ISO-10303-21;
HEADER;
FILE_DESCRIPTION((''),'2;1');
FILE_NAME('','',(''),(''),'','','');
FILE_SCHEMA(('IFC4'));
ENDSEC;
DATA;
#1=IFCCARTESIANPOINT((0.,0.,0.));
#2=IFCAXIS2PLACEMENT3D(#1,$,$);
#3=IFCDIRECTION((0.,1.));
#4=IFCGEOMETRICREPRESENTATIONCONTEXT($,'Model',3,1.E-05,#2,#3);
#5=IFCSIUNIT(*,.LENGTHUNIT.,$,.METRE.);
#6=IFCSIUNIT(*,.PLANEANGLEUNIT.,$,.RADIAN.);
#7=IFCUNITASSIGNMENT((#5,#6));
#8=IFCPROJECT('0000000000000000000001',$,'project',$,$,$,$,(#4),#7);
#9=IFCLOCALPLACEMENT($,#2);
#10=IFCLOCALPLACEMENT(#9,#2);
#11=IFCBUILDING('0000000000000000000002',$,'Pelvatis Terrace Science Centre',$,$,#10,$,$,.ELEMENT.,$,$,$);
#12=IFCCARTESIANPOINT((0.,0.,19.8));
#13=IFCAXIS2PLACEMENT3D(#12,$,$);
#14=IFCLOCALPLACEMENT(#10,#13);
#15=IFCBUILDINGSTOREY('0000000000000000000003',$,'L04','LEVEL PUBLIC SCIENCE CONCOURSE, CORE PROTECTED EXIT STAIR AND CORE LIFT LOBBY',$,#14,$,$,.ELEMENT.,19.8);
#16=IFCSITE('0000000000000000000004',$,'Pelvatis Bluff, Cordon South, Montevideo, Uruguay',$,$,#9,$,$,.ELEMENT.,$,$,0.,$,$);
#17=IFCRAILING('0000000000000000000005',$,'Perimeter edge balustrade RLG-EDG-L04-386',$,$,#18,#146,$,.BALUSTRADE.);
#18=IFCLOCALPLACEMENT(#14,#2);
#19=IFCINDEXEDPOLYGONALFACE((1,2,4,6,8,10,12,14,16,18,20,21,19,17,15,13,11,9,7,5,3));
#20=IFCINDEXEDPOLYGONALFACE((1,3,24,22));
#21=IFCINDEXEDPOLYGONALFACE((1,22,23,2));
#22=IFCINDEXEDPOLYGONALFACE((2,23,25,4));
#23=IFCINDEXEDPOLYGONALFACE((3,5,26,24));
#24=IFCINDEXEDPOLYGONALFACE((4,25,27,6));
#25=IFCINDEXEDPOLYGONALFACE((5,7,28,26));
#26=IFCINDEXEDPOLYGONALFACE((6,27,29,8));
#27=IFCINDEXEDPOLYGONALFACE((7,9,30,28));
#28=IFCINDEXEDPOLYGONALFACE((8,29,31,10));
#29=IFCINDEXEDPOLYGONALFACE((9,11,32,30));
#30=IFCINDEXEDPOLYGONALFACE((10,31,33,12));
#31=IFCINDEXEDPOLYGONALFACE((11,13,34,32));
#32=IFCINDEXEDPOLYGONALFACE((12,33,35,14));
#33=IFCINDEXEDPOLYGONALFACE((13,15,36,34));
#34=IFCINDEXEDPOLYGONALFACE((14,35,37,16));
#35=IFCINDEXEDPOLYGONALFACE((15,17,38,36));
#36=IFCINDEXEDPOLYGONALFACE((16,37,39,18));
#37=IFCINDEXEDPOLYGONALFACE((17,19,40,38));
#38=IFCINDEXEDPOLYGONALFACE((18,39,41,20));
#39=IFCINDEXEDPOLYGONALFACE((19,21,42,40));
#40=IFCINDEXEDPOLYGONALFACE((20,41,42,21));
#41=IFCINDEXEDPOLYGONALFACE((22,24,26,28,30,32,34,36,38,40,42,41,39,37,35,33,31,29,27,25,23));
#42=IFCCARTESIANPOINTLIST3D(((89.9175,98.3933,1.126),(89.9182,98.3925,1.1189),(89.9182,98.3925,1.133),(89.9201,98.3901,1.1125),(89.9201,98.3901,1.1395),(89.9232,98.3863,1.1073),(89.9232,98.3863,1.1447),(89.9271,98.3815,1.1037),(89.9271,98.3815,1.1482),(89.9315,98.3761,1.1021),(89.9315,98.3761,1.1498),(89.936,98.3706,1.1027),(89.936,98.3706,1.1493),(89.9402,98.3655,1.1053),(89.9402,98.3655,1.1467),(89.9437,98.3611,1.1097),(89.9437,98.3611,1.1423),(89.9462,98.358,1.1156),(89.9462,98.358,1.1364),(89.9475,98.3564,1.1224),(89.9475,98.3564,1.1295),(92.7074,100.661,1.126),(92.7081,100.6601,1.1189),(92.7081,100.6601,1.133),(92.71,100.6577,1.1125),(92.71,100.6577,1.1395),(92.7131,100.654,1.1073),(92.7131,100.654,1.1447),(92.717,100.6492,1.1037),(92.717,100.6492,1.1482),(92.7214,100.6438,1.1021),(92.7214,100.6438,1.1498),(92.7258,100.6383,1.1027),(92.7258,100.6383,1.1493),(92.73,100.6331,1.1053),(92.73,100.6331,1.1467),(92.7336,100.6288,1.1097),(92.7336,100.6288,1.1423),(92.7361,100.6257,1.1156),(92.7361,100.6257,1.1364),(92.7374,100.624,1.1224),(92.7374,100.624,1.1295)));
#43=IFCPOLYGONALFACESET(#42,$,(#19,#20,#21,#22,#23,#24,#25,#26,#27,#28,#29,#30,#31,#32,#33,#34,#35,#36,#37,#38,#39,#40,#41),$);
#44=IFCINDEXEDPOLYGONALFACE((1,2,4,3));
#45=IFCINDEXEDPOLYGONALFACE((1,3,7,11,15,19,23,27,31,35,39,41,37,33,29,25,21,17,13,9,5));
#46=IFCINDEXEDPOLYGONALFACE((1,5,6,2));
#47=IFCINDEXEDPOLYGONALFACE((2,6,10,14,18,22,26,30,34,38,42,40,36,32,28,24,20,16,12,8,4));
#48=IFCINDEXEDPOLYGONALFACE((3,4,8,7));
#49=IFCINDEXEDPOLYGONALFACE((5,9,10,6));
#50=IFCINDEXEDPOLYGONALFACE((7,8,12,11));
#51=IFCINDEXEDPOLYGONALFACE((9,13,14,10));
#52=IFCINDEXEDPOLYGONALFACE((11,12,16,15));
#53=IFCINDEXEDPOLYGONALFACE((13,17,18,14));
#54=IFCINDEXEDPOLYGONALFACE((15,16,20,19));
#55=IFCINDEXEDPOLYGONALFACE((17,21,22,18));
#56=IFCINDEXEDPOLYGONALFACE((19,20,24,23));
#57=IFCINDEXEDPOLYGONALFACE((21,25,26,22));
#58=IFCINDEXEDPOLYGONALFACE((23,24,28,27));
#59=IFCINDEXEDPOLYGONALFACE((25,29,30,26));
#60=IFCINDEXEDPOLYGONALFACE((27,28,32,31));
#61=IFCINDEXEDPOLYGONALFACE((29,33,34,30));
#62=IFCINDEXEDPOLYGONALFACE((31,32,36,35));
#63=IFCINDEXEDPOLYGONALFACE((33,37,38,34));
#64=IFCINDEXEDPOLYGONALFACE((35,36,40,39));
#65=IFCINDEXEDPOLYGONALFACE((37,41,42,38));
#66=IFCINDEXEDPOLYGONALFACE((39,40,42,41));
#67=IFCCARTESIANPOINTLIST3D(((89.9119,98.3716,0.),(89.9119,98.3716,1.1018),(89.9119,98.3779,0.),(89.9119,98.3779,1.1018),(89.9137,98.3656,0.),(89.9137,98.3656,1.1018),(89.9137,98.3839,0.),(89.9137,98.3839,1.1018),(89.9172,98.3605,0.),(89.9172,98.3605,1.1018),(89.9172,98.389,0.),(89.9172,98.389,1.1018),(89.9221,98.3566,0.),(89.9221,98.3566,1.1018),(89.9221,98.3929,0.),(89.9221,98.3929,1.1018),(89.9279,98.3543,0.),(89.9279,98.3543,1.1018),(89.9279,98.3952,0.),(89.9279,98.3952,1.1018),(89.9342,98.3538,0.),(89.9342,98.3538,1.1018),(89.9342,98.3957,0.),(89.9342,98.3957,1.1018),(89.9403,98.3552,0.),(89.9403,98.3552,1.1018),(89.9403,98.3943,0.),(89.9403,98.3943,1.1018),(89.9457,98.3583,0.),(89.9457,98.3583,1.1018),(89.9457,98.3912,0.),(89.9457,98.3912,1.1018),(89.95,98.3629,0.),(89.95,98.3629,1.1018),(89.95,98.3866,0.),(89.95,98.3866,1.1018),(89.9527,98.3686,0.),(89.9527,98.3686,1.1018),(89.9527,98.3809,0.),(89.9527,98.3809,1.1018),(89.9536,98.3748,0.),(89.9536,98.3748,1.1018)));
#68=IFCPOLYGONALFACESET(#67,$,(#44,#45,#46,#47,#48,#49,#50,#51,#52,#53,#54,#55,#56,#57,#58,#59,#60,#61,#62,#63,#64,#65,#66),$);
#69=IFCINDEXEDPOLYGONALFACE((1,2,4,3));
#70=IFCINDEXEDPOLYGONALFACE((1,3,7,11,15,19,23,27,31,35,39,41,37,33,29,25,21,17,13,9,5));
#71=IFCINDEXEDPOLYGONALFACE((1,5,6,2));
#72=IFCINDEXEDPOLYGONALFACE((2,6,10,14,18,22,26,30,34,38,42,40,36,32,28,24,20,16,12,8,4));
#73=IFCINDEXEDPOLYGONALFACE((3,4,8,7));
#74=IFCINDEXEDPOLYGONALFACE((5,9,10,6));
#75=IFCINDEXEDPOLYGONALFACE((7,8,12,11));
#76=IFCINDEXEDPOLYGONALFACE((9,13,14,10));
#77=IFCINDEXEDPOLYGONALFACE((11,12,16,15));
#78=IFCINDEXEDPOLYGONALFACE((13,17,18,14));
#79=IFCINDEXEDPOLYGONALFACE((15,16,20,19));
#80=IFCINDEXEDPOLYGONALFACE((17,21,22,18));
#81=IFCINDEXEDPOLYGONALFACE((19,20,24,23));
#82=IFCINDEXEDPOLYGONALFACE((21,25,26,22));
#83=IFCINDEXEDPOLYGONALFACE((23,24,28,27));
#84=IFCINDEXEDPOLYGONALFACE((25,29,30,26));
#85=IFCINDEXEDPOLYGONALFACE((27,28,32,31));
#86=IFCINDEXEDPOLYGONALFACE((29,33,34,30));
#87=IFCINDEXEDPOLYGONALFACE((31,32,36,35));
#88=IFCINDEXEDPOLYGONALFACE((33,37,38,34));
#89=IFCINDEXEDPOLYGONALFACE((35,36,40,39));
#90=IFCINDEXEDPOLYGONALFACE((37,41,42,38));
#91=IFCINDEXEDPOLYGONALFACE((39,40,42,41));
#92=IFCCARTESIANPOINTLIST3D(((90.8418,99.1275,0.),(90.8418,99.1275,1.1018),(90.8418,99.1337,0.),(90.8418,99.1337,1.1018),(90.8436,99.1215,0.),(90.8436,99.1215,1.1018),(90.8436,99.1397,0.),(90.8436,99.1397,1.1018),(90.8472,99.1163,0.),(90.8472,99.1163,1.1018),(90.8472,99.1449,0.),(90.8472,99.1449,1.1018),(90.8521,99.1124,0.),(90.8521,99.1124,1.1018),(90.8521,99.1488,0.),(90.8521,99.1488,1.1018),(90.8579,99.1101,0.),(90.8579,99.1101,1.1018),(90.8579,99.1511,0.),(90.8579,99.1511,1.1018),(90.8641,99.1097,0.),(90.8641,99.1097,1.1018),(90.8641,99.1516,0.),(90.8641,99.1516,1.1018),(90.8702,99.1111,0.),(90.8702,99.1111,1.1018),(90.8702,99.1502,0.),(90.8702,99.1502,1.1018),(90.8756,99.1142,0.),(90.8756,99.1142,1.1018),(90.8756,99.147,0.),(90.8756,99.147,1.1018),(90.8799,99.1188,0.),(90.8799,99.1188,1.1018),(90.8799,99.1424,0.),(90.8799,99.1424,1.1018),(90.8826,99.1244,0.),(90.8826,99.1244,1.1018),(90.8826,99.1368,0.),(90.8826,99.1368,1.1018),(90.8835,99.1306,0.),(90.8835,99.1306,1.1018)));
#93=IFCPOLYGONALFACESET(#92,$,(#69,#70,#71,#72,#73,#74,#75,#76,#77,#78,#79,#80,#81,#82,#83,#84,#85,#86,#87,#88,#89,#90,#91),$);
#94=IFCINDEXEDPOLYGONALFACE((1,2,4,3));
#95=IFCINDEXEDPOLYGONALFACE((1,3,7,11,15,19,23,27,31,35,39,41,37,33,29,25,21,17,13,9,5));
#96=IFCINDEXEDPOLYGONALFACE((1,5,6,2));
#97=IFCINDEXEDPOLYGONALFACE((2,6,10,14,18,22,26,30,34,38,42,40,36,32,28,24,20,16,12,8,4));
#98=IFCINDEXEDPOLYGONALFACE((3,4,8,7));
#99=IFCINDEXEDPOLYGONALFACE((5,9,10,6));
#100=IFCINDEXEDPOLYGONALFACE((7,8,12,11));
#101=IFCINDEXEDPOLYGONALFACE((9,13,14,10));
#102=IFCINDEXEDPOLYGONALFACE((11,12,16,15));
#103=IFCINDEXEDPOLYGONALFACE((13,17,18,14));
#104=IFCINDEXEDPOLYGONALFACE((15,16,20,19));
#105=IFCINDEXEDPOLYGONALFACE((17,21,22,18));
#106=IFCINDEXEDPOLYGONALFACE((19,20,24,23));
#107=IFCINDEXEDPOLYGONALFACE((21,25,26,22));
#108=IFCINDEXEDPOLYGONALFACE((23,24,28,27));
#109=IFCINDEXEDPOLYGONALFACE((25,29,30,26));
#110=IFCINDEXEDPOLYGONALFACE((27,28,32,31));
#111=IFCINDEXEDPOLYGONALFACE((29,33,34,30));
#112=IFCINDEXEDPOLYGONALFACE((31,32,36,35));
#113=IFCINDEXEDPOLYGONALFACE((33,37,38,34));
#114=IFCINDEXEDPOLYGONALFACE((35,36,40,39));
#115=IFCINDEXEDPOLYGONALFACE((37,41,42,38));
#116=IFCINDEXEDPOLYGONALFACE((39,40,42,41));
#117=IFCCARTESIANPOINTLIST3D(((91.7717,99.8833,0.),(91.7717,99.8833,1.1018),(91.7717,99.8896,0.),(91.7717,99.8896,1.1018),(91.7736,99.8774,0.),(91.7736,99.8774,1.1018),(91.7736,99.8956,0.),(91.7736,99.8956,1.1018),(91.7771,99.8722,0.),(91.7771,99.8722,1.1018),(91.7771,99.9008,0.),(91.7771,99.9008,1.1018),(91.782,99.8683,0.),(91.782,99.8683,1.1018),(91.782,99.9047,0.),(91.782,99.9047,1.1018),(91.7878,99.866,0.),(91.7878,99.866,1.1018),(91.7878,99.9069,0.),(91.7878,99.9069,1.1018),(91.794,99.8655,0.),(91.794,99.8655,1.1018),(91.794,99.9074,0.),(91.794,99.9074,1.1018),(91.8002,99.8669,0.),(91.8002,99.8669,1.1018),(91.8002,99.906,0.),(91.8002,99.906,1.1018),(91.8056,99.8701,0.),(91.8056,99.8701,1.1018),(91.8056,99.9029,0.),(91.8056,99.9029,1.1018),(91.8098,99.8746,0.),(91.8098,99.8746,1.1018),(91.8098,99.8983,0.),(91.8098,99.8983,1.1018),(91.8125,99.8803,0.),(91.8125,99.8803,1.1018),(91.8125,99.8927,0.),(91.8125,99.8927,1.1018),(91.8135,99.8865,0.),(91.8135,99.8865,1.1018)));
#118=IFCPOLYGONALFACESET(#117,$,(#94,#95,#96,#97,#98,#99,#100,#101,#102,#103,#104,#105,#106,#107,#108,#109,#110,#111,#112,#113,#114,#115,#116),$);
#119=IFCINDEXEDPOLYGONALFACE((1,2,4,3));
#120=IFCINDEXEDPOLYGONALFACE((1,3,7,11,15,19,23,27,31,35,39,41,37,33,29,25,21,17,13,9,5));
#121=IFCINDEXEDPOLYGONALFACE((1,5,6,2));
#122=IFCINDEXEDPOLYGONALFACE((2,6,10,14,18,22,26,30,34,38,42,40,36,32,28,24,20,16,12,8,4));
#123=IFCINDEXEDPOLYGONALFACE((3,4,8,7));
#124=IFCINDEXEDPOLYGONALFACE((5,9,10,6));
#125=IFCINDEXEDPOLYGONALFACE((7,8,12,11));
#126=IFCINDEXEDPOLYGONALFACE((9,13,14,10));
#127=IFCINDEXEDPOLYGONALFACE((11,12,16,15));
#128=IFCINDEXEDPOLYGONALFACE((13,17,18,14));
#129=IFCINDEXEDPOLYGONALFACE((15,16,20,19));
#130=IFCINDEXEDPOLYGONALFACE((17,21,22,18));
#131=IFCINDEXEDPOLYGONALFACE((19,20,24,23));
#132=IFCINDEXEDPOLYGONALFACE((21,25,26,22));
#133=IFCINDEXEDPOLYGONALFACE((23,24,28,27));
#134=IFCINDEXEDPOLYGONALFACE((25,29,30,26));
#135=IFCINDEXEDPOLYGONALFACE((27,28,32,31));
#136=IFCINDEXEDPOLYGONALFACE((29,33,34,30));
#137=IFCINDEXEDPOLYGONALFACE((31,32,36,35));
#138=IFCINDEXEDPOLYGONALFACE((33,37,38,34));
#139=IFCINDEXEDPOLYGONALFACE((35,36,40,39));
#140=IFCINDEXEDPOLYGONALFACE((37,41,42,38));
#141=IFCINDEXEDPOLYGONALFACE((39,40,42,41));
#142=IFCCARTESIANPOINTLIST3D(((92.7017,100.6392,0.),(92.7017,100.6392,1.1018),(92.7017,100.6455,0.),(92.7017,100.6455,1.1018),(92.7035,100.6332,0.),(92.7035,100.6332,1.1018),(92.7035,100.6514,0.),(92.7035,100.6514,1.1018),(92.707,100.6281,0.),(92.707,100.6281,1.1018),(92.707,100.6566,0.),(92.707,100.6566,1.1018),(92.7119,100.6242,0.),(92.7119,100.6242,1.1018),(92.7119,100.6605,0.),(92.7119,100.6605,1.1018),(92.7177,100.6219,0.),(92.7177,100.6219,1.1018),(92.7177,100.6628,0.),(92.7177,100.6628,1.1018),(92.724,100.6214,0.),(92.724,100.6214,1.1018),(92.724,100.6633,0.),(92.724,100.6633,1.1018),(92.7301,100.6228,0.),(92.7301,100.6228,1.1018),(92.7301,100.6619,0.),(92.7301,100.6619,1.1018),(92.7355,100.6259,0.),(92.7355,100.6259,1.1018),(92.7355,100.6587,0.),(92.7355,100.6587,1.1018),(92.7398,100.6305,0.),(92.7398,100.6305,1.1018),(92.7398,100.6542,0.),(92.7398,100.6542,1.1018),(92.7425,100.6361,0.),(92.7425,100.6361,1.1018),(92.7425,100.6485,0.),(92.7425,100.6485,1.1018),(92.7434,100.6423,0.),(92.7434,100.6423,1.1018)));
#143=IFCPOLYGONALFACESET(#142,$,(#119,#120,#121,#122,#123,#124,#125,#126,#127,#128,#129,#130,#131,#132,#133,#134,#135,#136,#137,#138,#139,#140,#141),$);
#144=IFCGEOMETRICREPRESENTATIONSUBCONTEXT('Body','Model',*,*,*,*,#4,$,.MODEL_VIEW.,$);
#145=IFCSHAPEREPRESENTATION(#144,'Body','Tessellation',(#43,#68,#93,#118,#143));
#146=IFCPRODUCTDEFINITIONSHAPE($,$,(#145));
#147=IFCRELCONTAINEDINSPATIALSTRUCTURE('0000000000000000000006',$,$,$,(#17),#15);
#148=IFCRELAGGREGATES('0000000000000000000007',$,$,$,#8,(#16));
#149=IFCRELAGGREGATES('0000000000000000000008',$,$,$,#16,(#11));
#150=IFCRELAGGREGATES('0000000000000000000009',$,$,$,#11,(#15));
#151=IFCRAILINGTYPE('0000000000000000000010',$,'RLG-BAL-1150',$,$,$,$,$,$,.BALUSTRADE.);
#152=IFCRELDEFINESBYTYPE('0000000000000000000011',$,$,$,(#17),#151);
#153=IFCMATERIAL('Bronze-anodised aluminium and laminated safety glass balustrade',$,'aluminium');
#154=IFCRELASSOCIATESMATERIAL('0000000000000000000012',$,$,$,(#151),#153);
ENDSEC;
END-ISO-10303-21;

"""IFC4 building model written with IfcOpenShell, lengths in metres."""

from ifc_helpers import new_model, si_unit, direction, frame, origin, origin_2d, place, context, subcontext, project, spatial, circle, extrude, material, type_object, element, save


model = new_model("IFC4")

# Units and contexts
model_context = context("Model", 3, precision=1e-05, world=origin(), true_north=direction((0.0, 1.0)))
body_context = subcontext(model_context, "Body", "Model", "MODEL_VIEW")
ifc_project = project(units=[si_unit("LENGTHUNIT", "METRE"), si_unit("PLANEANGLEUNIT", "RADIAN")], contexts=[model_context])

# Site, building, storey
site_placement = place(None, origin())
site = spatial("IfcSite", under=ifc_project, at=site_placement, Name="Pelvatis Bluff, Cordon South, Montevideo, Uruguay", CompositionType="ELEMENT", RefElevation=0.0)
building_placement = place(site_placement, origin())
building = spatial("IfcBuilding", under=site, at=building_placement, Name="Pelvatis Terrace Science Centre", CompositionType="ELEMENT")
storey_placement = place(building_placement, frame((0.0, 0.0, 19.8)))
storey = spatial("IfcBuildingStorey", under=building, at=storey_placement, Name="L04", Description="LEVEL PUBLIC SCIENCE CONCOURSE, CORE PROTECTED EXIT STAIR AND CORE LIFT LOBBY", CompositionType="ELEMENT", Elevation=19.8)

# Railing
ifc_material_1 = material(Name="Bronze-anodised aluminium and laminated safety glass balustrade", Category="aluminium")
railing_type = type_object("IfcRailingType", Name="RLG-BAL-1150", PredefinedType="BALUSTRADE", material=ifc_material_1)
railing_placement = place(storey_placement, frame((89.9326, 98.3748, 0.0)))
element("IfcRailing", 1, at=railing_placement, inside=storey, type_object=railing_type, Name="Perimeter edge balustrade RLG-EDG-L04-386", PredefinedType="BALUSTRADE", context=body_context, shape_type="SweptSolid", body=[
    extrude(circle(Radius=0.0239, at=origin_2d()), frame((0.0, 0.0, 1.126), z_axis=(0.775996, 0.630738, 0.0), x_axis=(-0.630738, 0.775996, 0.0)), (0.0, 0.0, 1.0), 3.5952),
    extrude(circle(Radius=0.021, at=origin_2d()), origin(), (0.0, 0.0, 1.0), 1.1018),
    extrude(circle(Radius=0.021, at=origin_2d()), frame((0.9299, 0.7559, 0.0)), (0.0, 0.0, 1.0), 1.1018),
    extrude(circle(Radius=0.021, at=origin_2d()), frame((1.8599, 1.5117, 0.0)), (0.0, 0.0, 1.0), 1.1018),
    extrude(circle(Radius=0.021, at=origin_2d()), frame((2.7898, 2.2676, 0.0)), (0.0, 0.0, 1.0), 1.1018),
])

save(model, "model.ifc")
